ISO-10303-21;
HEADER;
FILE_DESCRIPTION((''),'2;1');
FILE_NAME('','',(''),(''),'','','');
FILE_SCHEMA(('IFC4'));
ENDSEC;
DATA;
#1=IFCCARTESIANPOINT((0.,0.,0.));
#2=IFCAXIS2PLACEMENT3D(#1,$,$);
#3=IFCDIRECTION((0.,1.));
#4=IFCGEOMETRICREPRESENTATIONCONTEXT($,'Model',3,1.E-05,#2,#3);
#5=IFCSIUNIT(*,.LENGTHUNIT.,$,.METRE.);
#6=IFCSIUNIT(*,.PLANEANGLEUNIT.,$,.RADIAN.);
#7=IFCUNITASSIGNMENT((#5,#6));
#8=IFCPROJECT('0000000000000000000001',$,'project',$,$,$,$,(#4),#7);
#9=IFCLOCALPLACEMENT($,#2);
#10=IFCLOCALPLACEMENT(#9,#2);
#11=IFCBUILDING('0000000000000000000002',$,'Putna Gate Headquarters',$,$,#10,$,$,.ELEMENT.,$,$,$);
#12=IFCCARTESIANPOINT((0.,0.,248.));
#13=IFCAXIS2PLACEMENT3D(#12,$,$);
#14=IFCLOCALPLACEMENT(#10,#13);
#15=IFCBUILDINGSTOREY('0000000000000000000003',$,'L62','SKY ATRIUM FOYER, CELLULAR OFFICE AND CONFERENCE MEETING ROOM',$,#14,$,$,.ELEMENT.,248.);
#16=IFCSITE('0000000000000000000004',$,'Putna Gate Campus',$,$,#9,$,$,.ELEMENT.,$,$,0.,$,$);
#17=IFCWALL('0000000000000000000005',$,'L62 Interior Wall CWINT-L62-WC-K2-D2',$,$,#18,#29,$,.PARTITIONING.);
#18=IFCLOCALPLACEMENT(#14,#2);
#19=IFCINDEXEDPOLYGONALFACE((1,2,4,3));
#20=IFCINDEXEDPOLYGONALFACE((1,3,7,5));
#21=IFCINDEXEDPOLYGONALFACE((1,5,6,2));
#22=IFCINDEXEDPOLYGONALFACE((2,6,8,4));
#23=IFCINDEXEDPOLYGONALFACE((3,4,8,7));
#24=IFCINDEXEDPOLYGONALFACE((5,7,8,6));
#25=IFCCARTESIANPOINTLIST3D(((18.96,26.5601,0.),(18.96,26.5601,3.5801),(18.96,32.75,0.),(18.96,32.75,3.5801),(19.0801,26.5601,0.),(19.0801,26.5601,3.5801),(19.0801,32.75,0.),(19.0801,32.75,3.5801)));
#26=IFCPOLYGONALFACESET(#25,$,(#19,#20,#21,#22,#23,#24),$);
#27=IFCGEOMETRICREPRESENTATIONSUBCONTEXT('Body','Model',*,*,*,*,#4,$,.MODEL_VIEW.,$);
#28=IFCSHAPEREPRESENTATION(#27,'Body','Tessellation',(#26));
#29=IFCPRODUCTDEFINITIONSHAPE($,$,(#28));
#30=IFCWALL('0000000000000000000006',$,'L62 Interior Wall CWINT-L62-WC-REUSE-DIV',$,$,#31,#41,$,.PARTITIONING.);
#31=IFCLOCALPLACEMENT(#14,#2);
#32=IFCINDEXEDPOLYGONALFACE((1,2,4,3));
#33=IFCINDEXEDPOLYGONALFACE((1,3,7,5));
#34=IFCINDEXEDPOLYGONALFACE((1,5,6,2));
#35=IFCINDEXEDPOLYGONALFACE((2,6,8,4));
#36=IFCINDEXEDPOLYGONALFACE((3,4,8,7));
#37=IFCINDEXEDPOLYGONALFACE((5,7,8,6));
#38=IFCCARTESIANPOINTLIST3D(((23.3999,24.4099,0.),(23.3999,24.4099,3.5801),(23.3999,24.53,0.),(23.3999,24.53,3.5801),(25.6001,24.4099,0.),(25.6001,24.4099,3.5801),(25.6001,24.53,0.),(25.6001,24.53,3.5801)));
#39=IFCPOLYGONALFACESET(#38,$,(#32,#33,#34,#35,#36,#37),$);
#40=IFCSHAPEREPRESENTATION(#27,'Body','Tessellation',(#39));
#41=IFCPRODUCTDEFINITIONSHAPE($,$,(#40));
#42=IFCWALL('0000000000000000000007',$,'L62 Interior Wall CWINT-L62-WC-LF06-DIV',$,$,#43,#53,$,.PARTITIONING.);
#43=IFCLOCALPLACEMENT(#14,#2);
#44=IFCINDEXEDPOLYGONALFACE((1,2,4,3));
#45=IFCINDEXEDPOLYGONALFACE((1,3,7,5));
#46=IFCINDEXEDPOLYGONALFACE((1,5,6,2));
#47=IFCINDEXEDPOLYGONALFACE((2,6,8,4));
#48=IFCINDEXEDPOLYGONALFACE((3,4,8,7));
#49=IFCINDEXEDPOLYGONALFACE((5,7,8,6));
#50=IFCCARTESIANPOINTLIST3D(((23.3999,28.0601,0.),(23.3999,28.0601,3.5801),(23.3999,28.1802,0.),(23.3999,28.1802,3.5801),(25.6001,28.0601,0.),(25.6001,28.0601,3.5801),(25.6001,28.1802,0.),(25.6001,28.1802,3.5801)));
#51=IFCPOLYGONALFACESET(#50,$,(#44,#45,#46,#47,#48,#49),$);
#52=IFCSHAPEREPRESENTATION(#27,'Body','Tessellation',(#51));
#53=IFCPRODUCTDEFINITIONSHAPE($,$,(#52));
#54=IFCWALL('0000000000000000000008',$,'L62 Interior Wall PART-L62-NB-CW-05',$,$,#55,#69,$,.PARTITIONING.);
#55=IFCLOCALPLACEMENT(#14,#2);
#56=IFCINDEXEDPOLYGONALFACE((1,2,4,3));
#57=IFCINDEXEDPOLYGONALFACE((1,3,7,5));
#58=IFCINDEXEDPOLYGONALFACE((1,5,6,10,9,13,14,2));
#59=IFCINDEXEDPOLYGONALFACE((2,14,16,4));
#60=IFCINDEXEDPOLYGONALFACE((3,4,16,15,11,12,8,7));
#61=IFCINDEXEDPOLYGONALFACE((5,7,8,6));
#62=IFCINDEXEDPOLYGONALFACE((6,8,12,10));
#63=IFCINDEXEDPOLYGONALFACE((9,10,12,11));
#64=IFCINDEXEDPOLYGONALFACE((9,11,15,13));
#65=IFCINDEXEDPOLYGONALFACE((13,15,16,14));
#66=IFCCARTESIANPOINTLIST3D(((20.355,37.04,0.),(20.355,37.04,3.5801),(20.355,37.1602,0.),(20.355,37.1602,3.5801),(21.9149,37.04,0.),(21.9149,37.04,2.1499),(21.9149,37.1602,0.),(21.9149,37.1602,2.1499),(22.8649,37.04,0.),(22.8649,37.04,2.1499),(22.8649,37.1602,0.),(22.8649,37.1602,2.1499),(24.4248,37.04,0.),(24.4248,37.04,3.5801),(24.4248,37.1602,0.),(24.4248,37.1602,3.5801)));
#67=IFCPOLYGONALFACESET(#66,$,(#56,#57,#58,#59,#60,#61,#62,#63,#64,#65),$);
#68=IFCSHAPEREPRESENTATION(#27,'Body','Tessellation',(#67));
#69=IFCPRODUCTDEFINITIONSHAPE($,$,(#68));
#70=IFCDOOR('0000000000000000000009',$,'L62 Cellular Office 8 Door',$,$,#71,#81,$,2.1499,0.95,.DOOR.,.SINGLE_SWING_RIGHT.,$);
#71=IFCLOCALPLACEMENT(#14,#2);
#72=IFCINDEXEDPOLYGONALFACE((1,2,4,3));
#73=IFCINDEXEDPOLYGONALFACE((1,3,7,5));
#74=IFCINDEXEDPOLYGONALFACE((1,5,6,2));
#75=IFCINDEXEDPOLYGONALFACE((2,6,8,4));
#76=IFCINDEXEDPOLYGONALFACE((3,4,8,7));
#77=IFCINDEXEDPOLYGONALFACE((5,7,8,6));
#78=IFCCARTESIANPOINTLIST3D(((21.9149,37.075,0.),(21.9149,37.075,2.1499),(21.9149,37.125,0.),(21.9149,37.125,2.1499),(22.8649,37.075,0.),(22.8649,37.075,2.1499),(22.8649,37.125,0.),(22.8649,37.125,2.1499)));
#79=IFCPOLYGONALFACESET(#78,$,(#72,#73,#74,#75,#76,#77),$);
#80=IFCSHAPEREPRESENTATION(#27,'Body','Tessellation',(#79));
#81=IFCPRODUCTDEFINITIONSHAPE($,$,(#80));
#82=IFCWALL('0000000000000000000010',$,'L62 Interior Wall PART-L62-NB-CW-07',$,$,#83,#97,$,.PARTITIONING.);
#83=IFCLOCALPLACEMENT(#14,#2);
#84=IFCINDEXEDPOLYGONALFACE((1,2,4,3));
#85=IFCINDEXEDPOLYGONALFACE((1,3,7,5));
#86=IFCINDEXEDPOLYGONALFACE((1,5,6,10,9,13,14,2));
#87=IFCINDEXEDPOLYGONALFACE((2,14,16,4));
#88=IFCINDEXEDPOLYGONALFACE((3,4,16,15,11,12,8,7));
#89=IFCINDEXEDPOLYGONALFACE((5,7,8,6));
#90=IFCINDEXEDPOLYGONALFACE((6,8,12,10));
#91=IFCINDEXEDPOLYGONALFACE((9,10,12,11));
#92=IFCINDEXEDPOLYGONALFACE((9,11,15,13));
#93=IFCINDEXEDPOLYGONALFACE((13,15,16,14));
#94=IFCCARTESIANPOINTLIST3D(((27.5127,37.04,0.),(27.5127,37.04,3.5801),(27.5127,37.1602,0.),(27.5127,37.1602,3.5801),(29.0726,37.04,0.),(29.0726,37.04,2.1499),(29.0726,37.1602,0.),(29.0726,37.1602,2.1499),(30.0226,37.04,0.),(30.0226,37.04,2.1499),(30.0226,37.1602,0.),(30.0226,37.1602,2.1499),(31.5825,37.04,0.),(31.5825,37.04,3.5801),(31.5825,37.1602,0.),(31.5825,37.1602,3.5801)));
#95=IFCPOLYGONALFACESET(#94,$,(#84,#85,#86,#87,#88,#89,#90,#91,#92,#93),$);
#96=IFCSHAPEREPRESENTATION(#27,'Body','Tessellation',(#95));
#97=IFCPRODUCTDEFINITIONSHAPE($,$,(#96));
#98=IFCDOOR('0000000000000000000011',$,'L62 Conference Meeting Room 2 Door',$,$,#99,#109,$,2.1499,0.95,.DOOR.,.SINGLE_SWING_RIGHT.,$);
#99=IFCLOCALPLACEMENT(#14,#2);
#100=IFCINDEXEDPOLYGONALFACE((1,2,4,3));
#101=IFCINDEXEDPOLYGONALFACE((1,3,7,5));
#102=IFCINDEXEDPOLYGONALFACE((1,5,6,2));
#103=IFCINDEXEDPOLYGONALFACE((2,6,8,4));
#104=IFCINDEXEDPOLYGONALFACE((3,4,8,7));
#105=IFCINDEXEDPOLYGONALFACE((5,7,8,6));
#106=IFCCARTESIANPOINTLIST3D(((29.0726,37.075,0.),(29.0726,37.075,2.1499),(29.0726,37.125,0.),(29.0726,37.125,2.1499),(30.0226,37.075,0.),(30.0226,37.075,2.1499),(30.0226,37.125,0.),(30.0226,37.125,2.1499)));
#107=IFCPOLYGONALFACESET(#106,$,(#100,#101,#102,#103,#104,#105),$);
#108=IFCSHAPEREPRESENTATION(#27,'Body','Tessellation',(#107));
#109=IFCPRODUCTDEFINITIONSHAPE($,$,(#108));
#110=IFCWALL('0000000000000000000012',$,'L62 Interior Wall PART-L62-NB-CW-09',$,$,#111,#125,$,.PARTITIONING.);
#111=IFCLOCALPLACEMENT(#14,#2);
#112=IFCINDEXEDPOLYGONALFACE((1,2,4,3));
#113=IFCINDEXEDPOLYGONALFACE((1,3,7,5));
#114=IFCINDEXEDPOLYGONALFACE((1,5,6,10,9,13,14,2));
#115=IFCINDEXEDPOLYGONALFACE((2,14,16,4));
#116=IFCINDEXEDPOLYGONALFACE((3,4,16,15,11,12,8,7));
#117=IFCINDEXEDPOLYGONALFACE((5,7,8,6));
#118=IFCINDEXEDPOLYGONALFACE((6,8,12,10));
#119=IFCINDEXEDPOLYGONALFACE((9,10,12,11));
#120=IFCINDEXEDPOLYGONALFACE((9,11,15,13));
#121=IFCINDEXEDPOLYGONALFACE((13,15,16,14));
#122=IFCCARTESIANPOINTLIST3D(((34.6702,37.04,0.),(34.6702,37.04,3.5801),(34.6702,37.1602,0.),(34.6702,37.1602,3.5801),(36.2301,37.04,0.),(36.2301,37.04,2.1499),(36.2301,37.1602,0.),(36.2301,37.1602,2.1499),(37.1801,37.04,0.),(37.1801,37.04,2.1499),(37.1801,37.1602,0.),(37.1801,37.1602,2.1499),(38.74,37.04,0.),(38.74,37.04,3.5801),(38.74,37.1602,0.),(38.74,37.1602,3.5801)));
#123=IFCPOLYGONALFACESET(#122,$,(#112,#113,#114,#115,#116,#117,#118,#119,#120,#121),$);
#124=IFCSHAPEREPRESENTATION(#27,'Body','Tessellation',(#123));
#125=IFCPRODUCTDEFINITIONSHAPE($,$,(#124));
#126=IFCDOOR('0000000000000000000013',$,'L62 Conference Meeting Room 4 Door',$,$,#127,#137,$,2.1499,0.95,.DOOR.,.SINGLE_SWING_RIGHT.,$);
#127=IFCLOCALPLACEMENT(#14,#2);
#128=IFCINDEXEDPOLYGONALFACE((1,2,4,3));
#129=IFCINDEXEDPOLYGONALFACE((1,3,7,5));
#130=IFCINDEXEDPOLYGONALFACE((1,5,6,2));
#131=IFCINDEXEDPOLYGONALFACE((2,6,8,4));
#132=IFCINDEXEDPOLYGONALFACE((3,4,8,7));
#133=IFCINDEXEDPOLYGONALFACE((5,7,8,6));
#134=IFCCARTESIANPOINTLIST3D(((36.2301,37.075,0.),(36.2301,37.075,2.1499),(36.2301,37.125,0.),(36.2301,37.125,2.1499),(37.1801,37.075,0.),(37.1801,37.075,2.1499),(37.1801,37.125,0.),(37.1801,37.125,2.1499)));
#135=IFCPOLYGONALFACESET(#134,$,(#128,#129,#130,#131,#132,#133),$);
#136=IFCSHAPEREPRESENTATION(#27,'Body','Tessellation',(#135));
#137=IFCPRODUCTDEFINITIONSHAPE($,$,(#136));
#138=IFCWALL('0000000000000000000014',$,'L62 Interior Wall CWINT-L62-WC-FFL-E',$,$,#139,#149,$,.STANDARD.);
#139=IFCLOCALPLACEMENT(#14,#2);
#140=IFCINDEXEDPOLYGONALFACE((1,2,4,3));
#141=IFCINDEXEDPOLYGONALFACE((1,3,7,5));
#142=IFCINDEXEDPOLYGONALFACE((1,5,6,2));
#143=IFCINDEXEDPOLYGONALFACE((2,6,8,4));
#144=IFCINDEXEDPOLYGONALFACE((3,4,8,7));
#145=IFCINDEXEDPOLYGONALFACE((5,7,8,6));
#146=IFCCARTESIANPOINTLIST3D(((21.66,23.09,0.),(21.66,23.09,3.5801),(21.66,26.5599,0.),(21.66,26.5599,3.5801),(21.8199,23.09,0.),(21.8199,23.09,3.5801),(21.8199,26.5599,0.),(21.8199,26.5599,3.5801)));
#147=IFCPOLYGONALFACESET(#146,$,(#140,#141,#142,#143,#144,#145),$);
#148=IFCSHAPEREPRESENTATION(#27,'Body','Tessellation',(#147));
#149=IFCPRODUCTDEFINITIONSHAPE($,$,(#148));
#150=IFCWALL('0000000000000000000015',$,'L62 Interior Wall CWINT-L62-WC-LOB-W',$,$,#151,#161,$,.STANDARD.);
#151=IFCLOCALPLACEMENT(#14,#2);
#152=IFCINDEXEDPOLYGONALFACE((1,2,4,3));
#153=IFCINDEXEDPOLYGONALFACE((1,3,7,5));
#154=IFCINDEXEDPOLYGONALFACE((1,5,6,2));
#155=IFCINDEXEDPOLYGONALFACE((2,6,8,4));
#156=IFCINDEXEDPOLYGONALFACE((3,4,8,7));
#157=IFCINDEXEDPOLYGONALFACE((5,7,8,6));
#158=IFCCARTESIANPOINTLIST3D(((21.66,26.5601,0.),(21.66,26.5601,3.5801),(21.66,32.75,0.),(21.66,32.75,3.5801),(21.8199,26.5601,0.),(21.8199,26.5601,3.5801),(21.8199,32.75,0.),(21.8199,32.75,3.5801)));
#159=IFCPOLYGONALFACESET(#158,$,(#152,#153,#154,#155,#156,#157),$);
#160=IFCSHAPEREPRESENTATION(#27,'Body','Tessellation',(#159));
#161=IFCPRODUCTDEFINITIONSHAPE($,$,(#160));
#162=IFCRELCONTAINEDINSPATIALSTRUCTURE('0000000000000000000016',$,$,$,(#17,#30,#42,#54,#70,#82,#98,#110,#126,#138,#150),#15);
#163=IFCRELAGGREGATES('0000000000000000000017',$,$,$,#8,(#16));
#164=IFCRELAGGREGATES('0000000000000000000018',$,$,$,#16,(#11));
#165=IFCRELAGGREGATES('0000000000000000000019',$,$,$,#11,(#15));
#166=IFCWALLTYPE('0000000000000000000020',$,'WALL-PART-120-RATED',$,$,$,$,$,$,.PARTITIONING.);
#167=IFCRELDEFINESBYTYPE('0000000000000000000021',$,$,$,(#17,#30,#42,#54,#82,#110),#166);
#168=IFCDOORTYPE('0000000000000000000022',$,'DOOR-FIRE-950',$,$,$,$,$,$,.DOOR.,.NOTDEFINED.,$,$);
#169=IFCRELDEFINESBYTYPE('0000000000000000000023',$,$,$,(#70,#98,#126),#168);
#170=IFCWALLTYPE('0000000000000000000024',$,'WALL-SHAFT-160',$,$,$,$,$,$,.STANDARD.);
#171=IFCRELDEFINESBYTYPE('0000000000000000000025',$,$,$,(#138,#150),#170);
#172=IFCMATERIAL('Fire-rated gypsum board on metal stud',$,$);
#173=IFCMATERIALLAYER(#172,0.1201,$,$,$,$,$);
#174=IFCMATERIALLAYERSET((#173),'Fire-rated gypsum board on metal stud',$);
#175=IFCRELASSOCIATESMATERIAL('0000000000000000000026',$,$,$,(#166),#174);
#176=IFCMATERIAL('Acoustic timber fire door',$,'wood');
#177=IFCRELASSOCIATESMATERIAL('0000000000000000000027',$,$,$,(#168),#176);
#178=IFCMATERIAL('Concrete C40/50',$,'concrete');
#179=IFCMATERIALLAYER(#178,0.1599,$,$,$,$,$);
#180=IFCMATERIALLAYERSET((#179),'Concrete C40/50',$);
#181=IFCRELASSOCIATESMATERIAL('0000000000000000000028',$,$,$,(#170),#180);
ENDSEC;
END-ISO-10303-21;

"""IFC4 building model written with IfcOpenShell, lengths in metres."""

from ifc_helpers import new_model, si_unit, direction, frame, frame_2d, origin, place, context, subcontext, project, spatial, rectangle, extrude, material, layer, layer_set, type_object, element, fill, save


model = new_model("IFC4")

# Units and contexts
model_context = context("Model", 3, precision=1e-05, world=origin(), true_north=direction((0.0, 1.0)))
body_context = subcontext(model_context, "Body", "Model", "MODEL_VIEW")
ifc_project = project(units=[si_unit("LENGTHUNIT", "METRE"), si_unit("PLANEANGLEUNIT", "RADIAN")], contexts=[model_context])

# Site, building, storey
site_placement = place(None, origin())
site = spatial("IfcSite", under=ifc_project, at=site_placement, Name="Putna Gate Campus", CompositionType="ELEMENT", RefElevation=0.0)
building_placement = place(site_placement, origin())
building = spatial("IfcBuilding", under=site, at=building_placement, Name="Putna Gate Headquarters", CompositionType="ELEMENT")
storey_placement = place(building_placement, frame((0.0, 0.0, 248.0)))
storey = spatial("IfcBuildingStorey", under=building, at=storey_placement, Name="L62", Description="SKY ATRIUM FOYER, CELLULAR OFFICE AND CONFERENCE MEETING ROOM", CompositionType="ELEMENT", Elevation=248.0)

# Walls
ifc_material_1 = material(Name="Fire-rated gypsum board on metal stud")
ifc_layer_1 = layer(ifc_material_1, 0.1201)
ifc_layer_set_1 = layer_set([ifc_layer_1], Name="Fire-rated gypsum board on metal stud")
wall_type_1 = type_object("IfcWallType", Name="WALL-PART-120-RATED", PredefinedType="PARTITIONING", material=ifc_layer_set_1)
wall_1_placement = place(storey_placement, frame((19.02, 26.5601, 0.0), z_axis=(0.0, 0.0, 1.0), x_axis=(0.0, 1.0, 0.0)))
element("IfcWall", 1, at=wall_1_placement, inside=storey, type_object=wall_type_1, Name="L62 Interior Wall CWINT-L62-WC-K2-D2", PredefinedType="PARTITIONING", context=body_context, shape_type="SweptSolid", body=[
    extrude(rectangle(XDim=6.1899, YDim=0.1201, at=frame_2d((3.095, 0.0))), origin(), (0.0, 0.0, 1.0), 3.5801),
])
for number, where, z_axis, x_axis, name in (
    (2, (23.3999, 24.47, 0.0), (0.0, 0.0, 1.0), (1.0, 0.0, 0.0), "L62 Interior Wall CWINT-L62-WC-REUSE-DIV"),
    (3, (23.3999, 28.1201, 0.0), (0.0, 0.0, 1.0), (1.0, 0.0, 0.0), "L62 Interior Wall CWINT-L62-WC-LF06-DIV"),
):
    element("IfcWall", number, at=place(storey_placement, frame(where, z_axis=z_axis, x_axis=x_axis)), inside=storey, type_object=wall_type_1, Name=name, PredefinedType="PARTITIONING", context=body_context, shape_type="SweptSolid", body=[
        extrude(rectangle(XDim=2.2002, YDim=0.1201, at=frame_2d((1.1001, 0.0))), origin(), (0.0, 0.0, 1.0), 3.5801),
    ])

# Walls, openings, doors
wall_2_placement = place(storey_placement, frame((20.355, 37.1001, 0.0), z_axis=(0.0, 0.0, 1.0), x_axis=(1.0, 0.0, 0.0)))
wall_2 = element("IfcWall", 4, at=wall_2_placement, inside=storey, type_object=wall_type_1, Name="L62 Interior Wall PART-L62-NB-CW-05", PredefinedType="PARTITIONING", context=body_context, shape_type="SweptSolid", body=[
    extrude(rectangle(XDim=4.0698, YDim=0.1201, at=frame_2d((2.0349, 0.0))), origin(), (0.0, 0.0, 1.0), 3.5801),
])
opening_1_placement = place(wall_2_placement, frame((1.5598, 0.0, 0.0)))
opening_1 = element("IfcOpeningElement", 5, at=opening_1_placement, cuts=wall_2, PredefinedType="OPENING", context=body_context, shape_type="SweptSolid", body=[
    extrude(rectangle(XDim=0.95, YDim=2.1499, at=frame_2d((0.4751, 1.075))), frame((0.0, 0.0701, 0.0), z_axis=(0.0, -1.0, 0.0), x_axis=(1.0, 0.0, 0.0)), (0.0, 0.0, 1.0), 0.1401),
])
ifc_material_2 = material(Name="Acoustic timber fire door", Category="wood")
door_type = type_object("IfcDoorType", Name="DOOR-FIRE-950", OperationType="NOTDEFINED", PredefinedType="DOOR", material=ifc_material_2)
door_1_placement = place(opening_1_placement, origin())
door_1 = element("IfcDoor", 6, at=door_1_placement, inside=storey, type_object=door_type, Name="L62 Cellular Office 8 Door", OperationType="SINGLE_SWING_RIGHT", OverallHeight=2.1499, OverallWidth=0.95, PredefinedType="DOOR", context=body_context, shape_type="SweptSolid", body=[
    extrude(rectangle(XDim=0.95, YDim=2.1499, at=frame_2d((0.4751, 1.075))), frame((0.0, 0.0249, 0.0), z_axis=(0.0, -1.0, 0.0), x_axis=(1.0, 0.0, 0.0)), (0.0, 0.0, 1.0), 0.05),
])
fill(opening_1, door_1)
wall_3_placement = place(storey_placement, frame((27.5127, 37.1001, 0.0), z_axis=(0.0, 0.0, 1.0), x_axis=(1.0, 0.0, 0.0)))
wall_3 = element("IfcWall", 7, at=wall_3_placement, inside=storey, type_object=wall_type_1, Name="L62 Interior Wall PART-L62-NB-CW-07", PredefinedType="PARTITIONING", context=body_context, shape_type="SweptSolid", body=[
    extrude(rectangle(XDim=4.0698, YDim=0.1201, at=frame_2d((2.0349, 0.0))), origin(), (0.0, 0.0, 1.0), 3.5801),
])
opening_2_placement = place(wall_3_placement, frame((1.5598, 0.0, 0.0)))
opening_2 = element("IfcOpeningElement", 8, at=opening_2_placement, cuts=wall_3, PredefinedType="OPENING", context=body_context, shape_type="SweptSolid", body=[
    extrude(rectangle(XDim=0.95, YDim=2.1499, at=frame_2d((0.4751, 1.075))), frame((0.0, 0.0701, 0.0), z_axis=(0.0, -1.0, 0.0), x_axis=(1.0, 0.0, 0.0)), (0.0, 0.0, 1.0), 0.1401),
])
door_2_placement = place(opening_2_placement, origin())
door_2 = element("IfcDoor", 9, at=door_2_placement, inside=storey, type_object=door_type, Name="L62 Conference Meeting Room 2 Door", OperationType="SINGLE_SWING_RIGHT", OverallHeight=2.1499, OverallWidth=0.95, PredefinedType="DOOR", context=body_context, shape_type="SweptSolid", body=[
    extrude(rectangle(XDim=0.95, YDim=2.1499, at=frame_2d((0.4751, 1.075))), frame((0.0, 0.0249, 0.0), z_axis=(0.0, -1.0, 0.0), x_axis=(1.0, 0.0, 0.0)), (0.0, 0.0, 1.0), 0.05),
])
fill(opening_2, door_2)
wall_4_placement = place(storey_placement, frame((34.6702, 37.1001, 0.0), z_axis=(0.0, 0.0, 1.0), x_axis=(1.0, 0.0, 0.0)))
wall_4 = element("IfcWall", 10, at=wall_4_placement, inside=storey, type_object=wall_type_1, Name="L62 Interior Wall PART-L62-NB-CW-09", PredefinedType="PARTITIONING", context=body_context, shape_type="SweptSolid", body=[
    extrude(rectangle(XDim=4.0698, YDim=0.1201, at=frame_2d((2.0349, 0.0))), origin(), (0.0, 0.0, 1.0), 3.5801),
])
opening_3_placement = place(wall_4_placement, frame((1.5598, 0.0, 0.0)))
opening_3 = element("IfcOpeningElement", 11, at=opening_3_placement, cuts=wall_4, PredefinedType="OPENING", context=body_context, shape_type="SweptSolid", body=[
    extrude(rectangle(XDim=0.95, YDim=2.1499, at=frame_2d((0.4751, 1.075))), frame((0.0, 0.0701, 0.0), z_axis=(0.0, -1.0, 0.0), x_axis=(1.0, 0.0, 0.0)), (0.0, 0.0, 1.0), 0.1401),
])
door_3_placement = place(opening_3_placement, origin())
door_3 = element("IfcDoor", 12, at=door_3_placement, inside=storey, type_object=door_type, Name="L62 Conference Meeting Room 4 Door", OperationType="SINGLE_SWING_RIGHT", OverallHeight=2.1499, OverallWidth=0.95, PredefinedType="DOOR", context=body_context, shape_type="SweptSolid", body=[
    extrude(rectangle(XDim=0.95, YDim=2.1499, at=frame_2d((0.4751, 1.075))), frame((0.0, 0.0249, 0.0), z_axis=(0.0, -1.0, 0.0), x_axis=(1.0, 0.0, 0.0)), (0.0, 0.0, 1.0), 0.05),
])
fill(opening_3, door_3)

# Walls
ifc_material_3 = material(Name="Concrete C40/50", Category="concrete")
ifc_layer_2 = layer(ifc_material_3, 0.1599)
ifc_layer_set_2 = layer_set([ifc_layer_2], Name="Concrete C40/50")
wall_type_2 = type_object("IfcWallType", Name="WALL-SHAFT-160", PredefinedType="STANDARD", material=ifc_layer_set_2)
wall_5_placement = place(storey_placement, frame((21.74, 23.0901, 0.0), z_axis=(0.0, 0.0, 1.0), x_axis=(0.0, 1.0, 0.0)))
element("IfcWall", 13, at=wall_5_placement, inside=storey, type_object=wall_type_2, Name="L62 Interior Wall CWINT-L62-WC-FFL-E", PredefinedType="STANDARD", context=body_context, shape_type="SweptSolid", body=[
    extrude(rectangle(XDim=3.47, YDim=0.1599, at=frame_2d((1.7349, 0.0))), origin(), (0.0, 0.0, 1.0), 3.5801),
])
wall_6_placement = place(storey_placement, frame((21.74, 26.5601, 0.0), z_axis=(0.0, 0.0, 1.0), x_axis=(0.0, 1.0, 0.0)))
element("IfcWall", 14, at=wall_6_placement, inside=storey, type_object=wall_type_2, Name="L62 Interior Wall CWINT-L62-WC-LOB-W", PredefinedType="STANDARD", context=body_context, shape_type="SweptSolid", body=[
    extrude(rectangle(XDim=6.1899, YDim=0.1599, at=frame_2d((3.095, 0.0))), origin(), (0.0, 0.0, 1.0), 3.5801),
])

save(model, "model.ifc")
